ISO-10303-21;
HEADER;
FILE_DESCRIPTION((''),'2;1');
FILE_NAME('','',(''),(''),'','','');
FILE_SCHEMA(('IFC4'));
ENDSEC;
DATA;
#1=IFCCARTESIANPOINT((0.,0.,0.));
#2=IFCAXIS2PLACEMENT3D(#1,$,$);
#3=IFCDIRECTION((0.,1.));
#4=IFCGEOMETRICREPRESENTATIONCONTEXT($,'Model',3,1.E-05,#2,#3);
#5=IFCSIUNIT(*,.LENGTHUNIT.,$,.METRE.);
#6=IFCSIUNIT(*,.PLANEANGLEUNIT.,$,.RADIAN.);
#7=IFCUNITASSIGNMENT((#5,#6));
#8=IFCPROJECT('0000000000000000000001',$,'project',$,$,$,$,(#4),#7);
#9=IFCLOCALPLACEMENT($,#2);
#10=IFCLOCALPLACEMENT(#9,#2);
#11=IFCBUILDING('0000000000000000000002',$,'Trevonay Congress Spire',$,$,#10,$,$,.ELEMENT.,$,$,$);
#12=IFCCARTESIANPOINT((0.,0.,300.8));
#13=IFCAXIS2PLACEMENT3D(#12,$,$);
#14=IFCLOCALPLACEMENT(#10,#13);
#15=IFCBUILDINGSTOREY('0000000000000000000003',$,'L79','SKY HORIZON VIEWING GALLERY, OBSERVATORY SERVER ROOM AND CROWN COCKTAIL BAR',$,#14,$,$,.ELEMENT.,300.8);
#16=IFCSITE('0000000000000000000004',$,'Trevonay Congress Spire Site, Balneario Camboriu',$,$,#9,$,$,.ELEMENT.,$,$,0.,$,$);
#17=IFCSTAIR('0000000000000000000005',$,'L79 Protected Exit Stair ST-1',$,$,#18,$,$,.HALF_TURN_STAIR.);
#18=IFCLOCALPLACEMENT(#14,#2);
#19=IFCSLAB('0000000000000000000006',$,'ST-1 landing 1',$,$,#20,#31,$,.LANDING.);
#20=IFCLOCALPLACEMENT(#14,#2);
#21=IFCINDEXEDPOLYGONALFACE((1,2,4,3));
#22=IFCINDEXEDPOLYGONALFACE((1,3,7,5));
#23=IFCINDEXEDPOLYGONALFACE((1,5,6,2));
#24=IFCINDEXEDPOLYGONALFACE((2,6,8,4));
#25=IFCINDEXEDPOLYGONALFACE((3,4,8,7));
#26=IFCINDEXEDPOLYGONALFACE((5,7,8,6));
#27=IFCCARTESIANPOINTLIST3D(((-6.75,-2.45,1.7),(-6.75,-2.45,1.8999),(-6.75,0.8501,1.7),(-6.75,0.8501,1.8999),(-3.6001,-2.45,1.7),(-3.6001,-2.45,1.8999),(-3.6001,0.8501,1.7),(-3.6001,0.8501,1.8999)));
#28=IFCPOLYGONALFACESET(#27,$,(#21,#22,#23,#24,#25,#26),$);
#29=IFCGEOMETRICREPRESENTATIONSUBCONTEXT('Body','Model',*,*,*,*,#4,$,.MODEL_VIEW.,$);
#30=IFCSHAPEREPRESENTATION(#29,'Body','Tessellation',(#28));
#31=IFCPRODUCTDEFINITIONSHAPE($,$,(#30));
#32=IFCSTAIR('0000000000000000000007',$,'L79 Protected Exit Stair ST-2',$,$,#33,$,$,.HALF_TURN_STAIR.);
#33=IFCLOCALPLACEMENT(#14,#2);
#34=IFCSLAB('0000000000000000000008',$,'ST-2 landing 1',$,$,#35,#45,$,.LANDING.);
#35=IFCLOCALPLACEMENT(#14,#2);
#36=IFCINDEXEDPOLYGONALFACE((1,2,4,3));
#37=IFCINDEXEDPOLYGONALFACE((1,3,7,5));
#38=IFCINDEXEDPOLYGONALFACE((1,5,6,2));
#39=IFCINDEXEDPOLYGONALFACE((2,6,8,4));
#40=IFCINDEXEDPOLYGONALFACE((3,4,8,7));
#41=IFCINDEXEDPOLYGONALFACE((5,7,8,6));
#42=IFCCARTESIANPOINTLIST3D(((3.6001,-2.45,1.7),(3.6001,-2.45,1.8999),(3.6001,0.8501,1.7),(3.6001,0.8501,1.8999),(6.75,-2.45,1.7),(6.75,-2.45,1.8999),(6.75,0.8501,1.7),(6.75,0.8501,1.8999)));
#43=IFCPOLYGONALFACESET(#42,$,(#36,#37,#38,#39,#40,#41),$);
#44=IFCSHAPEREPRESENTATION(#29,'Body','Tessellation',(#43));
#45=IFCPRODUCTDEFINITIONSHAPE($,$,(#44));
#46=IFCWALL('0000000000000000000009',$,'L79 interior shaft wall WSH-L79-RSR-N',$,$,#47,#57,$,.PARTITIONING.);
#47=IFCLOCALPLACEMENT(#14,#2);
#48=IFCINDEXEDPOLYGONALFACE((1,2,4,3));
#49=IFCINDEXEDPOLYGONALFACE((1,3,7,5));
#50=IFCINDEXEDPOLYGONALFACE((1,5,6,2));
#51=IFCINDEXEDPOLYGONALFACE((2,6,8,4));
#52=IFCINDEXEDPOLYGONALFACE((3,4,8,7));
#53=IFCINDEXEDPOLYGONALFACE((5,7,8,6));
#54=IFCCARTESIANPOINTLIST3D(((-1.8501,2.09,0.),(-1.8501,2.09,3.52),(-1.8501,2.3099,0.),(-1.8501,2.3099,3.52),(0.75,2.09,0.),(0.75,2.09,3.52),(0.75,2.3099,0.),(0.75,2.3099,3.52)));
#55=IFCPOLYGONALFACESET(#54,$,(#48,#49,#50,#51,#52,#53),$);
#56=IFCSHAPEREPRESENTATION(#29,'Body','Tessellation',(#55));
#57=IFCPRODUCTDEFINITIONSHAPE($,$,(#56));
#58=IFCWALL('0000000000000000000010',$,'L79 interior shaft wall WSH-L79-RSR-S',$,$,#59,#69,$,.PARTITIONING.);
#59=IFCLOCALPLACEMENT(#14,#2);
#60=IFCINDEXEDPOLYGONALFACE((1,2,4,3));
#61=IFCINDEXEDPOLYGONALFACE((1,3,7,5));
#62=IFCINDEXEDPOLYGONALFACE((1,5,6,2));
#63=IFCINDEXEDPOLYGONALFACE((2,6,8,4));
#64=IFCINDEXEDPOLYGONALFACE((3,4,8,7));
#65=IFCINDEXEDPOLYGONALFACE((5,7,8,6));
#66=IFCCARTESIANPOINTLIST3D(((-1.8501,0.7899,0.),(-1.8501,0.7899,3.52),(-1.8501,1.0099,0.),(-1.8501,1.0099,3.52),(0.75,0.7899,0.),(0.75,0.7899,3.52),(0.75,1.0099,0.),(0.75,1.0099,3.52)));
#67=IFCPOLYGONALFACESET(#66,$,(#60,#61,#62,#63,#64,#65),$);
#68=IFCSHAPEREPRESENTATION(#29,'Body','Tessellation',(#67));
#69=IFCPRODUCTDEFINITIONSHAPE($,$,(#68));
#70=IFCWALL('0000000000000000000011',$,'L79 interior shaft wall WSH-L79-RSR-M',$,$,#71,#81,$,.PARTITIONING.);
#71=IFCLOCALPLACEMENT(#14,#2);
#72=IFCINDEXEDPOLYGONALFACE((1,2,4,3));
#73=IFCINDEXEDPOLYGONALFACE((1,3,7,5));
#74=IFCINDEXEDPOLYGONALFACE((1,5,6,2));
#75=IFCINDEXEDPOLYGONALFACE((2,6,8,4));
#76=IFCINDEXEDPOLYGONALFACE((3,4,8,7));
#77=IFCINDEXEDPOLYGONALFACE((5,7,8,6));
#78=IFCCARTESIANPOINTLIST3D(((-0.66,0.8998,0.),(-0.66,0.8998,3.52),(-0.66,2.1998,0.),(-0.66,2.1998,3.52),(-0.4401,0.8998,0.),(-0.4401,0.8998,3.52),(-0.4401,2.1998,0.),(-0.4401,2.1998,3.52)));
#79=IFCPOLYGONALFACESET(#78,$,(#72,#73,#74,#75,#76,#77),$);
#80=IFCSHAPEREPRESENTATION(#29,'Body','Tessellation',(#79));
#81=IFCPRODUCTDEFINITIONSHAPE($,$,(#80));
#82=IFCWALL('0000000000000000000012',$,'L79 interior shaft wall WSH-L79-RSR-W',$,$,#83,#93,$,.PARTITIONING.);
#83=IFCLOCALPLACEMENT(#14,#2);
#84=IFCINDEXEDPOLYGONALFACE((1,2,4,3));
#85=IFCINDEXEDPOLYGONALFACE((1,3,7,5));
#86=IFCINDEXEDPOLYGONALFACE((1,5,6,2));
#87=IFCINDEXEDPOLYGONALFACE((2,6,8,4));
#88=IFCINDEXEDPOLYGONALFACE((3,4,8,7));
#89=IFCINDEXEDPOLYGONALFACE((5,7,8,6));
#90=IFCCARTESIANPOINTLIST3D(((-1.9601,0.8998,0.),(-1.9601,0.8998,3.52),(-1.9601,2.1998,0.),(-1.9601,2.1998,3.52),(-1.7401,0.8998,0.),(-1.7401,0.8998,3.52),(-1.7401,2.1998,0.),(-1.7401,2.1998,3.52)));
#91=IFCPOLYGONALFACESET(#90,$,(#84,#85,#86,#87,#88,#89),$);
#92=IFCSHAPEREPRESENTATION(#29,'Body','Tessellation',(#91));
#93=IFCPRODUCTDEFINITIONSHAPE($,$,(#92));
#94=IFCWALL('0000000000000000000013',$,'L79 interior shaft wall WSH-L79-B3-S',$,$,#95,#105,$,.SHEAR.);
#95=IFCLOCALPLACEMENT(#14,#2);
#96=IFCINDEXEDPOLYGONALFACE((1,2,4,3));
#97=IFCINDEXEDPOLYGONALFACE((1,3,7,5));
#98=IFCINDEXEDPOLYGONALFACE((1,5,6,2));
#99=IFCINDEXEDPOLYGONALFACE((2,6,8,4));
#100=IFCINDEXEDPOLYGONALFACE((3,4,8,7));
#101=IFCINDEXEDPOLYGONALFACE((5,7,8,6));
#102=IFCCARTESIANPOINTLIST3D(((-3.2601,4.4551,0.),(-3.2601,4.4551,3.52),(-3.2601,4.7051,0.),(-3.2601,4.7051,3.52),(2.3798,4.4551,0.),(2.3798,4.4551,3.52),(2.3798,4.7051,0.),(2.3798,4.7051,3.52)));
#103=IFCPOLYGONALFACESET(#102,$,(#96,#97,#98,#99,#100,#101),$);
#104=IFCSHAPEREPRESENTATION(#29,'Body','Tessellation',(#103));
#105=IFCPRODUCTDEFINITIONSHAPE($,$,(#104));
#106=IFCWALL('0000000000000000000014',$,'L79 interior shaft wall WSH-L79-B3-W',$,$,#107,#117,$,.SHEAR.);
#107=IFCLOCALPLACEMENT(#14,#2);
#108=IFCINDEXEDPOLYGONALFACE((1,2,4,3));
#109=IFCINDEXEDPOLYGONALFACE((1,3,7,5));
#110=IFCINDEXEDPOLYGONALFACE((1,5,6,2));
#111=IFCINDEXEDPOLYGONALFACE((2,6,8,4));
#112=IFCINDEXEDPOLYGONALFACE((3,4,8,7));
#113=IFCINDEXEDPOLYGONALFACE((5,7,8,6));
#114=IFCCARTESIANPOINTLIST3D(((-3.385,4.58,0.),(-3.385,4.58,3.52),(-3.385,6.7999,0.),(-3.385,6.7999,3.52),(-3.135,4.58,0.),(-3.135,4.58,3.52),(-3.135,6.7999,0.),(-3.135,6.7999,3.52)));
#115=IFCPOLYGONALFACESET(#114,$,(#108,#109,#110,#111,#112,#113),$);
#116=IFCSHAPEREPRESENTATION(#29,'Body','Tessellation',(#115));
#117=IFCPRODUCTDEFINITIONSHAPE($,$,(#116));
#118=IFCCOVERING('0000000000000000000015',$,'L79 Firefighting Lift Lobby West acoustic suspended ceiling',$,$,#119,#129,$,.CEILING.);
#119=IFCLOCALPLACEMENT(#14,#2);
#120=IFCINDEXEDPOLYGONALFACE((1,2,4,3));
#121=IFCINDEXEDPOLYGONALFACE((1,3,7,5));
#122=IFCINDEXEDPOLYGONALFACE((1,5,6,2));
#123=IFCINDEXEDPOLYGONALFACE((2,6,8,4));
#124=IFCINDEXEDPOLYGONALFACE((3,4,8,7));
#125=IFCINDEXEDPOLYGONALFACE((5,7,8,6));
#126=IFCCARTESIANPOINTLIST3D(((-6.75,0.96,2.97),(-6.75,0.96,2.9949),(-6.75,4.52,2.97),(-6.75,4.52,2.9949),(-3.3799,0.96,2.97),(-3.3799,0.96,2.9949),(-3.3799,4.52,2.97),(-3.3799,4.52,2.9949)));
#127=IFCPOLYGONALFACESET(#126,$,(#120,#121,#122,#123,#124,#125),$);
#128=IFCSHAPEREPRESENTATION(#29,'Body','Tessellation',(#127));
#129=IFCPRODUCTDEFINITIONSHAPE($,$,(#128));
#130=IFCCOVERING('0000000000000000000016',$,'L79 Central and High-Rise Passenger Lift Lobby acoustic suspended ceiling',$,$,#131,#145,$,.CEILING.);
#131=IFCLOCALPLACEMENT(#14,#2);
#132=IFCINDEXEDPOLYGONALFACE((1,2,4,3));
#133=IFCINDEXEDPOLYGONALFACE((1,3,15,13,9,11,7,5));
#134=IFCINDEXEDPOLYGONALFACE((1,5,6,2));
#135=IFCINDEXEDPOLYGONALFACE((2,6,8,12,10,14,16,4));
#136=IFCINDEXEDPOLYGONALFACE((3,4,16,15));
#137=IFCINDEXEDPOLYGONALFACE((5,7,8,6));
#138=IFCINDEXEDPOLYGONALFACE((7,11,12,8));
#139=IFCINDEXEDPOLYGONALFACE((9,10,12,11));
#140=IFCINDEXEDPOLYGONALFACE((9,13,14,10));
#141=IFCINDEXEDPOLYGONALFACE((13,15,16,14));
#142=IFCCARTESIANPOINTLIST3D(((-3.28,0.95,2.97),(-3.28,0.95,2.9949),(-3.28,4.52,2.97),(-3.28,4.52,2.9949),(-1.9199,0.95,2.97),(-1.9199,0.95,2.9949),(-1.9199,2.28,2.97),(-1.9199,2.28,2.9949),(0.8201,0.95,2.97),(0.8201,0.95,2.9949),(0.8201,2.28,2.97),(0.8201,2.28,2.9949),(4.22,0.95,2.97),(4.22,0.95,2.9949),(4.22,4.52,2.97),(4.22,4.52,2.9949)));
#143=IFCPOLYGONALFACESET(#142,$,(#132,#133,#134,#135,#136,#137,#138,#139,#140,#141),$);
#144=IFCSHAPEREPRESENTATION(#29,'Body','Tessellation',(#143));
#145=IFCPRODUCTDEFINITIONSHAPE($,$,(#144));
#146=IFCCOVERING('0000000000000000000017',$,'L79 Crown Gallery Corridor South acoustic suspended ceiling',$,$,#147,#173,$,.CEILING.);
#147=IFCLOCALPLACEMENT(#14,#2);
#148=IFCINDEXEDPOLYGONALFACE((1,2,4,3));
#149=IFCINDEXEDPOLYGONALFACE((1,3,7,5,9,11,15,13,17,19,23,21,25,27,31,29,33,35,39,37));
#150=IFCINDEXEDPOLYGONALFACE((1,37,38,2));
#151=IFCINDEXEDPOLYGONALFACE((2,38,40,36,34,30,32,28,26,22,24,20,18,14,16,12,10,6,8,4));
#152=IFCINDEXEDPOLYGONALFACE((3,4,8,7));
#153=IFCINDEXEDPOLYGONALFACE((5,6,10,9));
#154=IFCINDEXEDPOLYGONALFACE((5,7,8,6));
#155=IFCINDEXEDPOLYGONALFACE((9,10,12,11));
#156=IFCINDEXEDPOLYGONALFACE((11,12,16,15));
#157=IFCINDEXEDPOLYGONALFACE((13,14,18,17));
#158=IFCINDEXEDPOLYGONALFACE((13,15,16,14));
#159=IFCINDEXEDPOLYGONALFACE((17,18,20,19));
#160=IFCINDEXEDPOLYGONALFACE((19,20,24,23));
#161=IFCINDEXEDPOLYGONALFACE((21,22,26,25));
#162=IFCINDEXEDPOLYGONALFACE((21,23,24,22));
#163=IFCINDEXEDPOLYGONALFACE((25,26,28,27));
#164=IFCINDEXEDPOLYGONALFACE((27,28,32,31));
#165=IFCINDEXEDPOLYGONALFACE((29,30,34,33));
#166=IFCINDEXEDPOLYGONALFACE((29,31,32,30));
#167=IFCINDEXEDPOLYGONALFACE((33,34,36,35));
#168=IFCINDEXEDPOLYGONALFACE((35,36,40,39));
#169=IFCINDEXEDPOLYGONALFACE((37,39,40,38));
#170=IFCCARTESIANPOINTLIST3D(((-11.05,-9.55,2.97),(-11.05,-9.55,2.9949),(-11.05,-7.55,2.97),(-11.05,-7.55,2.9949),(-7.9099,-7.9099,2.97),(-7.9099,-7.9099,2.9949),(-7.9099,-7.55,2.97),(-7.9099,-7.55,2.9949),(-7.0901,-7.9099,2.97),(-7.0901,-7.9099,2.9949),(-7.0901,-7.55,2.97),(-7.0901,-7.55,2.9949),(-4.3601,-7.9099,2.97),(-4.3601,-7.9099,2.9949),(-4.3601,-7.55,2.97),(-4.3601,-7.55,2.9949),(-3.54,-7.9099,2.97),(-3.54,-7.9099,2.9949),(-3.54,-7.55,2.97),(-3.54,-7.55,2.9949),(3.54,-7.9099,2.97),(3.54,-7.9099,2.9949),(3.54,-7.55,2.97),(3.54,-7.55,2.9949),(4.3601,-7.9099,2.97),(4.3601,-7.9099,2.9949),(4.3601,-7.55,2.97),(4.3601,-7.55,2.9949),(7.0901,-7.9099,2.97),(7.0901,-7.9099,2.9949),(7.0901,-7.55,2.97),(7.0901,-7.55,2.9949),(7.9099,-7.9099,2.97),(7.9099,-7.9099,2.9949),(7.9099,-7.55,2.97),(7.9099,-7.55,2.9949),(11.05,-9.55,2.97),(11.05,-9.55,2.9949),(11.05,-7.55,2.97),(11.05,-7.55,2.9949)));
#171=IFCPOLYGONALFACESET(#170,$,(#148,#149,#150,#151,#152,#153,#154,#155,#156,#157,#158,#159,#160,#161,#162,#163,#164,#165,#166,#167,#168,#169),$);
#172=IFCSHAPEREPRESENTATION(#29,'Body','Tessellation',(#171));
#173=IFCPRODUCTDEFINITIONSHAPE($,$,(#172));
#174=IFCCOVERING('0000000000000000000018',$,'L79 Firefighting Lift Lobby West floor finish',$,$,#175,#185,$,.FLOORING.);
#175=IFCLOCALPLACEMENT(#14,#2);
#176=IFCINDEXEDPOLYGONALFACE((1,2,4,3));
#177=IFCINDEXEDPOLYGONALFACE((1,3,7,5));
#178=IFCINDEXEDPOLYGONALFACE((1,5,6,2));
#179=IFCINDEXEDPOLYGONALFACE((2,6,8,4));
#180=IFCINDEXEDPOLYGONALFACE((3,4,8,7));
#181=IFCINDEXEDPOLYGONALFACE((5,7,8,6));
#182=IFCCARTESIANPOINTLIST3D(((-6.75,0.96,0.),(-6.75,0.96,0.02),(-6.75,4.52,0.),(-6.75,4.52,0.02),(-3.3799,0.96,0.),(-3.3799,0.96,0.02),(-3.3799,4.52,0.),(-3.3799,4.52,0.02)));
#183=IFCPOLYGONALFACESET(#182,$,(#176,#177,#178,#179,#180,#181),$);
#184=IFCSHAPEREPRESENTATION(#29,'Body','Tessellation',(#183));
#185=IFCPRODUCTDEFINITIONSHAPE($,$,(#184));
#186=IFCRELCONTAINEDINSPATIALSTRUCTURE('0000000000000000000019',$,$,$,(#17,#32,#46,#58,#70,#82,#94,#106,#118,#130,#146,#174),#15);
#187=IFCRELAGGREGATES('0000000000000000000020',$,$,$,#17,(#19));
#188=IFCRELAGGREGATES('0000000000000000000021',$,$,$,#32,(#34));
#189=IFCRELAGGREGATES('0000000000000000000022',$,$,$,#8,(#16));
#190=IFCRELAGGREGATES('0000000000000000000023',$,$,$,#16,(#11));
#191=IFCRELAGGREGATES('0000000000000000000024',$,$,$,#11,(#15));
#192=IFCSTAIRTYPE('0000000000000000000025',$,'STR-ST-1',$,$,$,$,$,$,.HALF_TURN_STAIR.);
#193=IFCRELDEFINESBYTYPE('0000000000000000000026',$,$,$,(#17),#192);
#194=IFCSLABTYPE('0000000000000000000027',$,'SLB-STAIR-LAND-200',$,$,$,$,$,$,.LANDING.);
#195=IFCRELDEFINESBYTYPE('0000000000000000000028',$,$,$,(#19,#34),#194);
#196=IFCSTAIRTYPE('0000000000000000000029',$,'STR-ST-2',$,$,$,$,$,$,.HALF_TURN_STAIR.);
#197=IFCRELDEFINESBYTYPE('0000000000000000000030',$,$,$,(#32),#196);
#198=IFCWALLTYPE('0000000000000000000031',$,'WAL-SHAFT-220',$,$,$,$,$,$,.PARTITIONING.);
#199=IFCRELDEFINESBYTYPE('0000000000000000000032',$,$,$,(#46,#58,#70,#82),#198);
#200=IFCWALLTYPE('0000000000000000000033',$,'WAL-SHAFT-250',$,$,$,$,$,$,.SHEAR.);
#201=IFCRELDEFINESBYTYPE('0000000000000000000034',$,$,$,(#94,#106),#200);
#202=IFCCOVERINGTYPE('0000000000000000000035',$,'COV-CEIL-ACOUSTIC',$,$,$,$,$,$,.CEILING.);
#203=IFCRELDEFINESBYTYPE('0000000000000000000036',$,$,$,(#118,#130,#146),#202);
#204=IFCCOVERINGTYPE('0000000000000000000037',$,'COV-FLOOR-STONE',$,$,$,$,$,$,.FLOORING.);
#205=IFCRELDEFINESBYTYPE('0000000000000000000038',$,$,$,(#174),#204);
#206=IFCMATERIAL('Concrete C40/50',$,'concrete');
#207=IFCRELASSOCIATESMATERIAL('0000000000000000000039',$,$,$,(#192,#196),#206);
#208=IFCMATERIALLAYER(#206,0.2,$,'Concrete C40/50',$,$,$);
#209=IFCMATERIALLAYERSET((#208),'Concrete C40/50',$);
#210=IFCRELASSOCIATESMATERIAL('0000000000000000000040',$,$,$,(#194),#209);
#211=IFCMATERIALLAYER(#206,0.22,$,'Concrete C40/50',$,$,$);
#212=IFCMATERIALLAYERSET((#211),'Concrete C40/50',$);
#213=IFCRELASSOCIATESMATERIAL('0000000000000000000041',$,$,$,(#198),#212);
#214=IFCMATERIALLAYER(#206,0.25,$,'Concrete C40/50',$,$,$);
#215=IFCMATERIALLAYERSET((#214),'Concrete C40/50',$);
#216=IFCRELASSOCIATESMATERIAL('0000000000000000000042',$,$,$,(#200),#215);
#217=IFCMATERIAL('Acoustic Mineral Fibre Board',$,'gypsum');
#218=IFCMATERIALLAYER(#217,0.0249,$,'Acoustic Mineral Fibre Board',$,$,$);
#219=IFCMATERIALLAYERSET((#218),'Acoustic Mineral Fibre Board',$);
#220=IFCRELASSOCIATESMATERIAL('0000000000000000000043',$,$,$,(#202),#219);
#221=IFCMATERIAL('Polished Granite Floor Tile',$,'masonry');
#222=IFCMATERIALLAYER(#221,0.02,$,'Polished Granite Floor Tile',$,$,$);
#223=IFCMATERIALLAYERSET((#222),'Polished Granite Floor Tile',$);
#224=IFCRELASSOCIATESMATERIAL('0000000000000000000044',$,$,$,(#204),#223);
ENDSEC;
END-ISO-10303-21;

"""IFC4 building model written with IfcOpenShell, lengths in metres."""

from ifc_helpers import new_model, si_unit, direction, frame, frame_2d, origin, place, context, subcontext, project, spatial, polyline, rectangle, outline, extrude, material, layer, layer_set, type_object, element, aggregate, save


model = new_model("IFC4")

# Units and contexts
model_context = context("Model", 3, precision=1e-05, world=origin(), true_north=direction((0.0, 1.0)))
body_context = subcontext(model_context, "Body", "Model", "MODEL_VIEW")
ifc_project = project(units=[si_unit("LENGTHUNIT", "METRE"), si_unit("PLANEANGLEUNIT", "RADIAN")], contexts=[model_context])

# Site, building, storey
site_placement = place(None, origin())
site = spatial("IfcSite", under=ifc_project, at=site_placement, Name="Trevonay Congress Spire Site, Balneario Camboriu", CompositionType="ELEMENT", RefElevation=0.0)
building_placement = place(site_placement, origin())
building = spatial("IfcBuilding", under=site, at=building_placement, Name="Trevonay Congress Spire", CompositionType="ELEMENT")
storey_placement = place(building_placement, frame((0.0, 0.0, 300.8)))
storey = spatial("IfcBuildingStorey", under=building, at=storey_placement, Name="L79", Description="SKY HORIZON VIEWING GALLERY, OBSERVATORY SERVER ROOM AND CROWN COCKTAIL BAR", CompositionType="ELEMENT", Elevation=300.8)

# Stairs, slabs
ifc_material_1 = material(Name="Concrete C40/50", Category="concrete")
stair_type_1 = type_object("IfcStairType", Name="STR-ST-1", PredefinedType="HALF_TURN_STAIR", material=ifc_material_1)
stair_1_placement = place(storey_placement, origin())
stair_1 = element("IfcStair", 1, at=stair_1_placement, inside=storey, type_object=stair_type_1, Name="L79 Protected Exit Stair ST-1", PredefinedType="HALF_TURN_STAIR")
ifc_layer_1 = layer(ifc_material_1, 0.2, Name="Concrete C40/50")
ifc_layer_set_1 = layer_set([ifc_layer_1], Name="Concrete C40/50")
slab_type = type_object("IfcSlabType", Name="SLB-STAIR-LAND-200", PredefinedType="LANDING", material=ifc_layer_set_1)
slab_1_placement = place(storey_placement, frame((0.0, 0.0, 1.7)))
slab_1 = element("IfcSlab", 2, at=slab_1_placement, type_object=slab_type, Name="ST-1 landing 1", PredefinedType="LANDING", context=body_context, shape_type="SweptSolid", body=[
    extrude(outline(polyline([(-3.6001, -2.45), (-3.6001, 0.8501), (-6.75, 0.8501), (-6.75, -2.45), (-3.6001, -2.45)])), origin(), (0.0, 0.0, 1.0), 0.2),
])
aggregate(stair_1, [slab_1])
stair_type_2 = type_object("IfcStairType", Name="STR-ST-2", PredefinedType="HALF_TURN_STAIR", material=ifc_material_1)
stair_2_placement = place(storey_placement, origin())
stair_2 = element("IfcStair", 3, at=stair_2_placement, inside=storey, type_object=stair_type_2, Name="L79 Protected Exit Stair ST-2", PredefinedType="HALF_TURN_STAIR")
slab_2_placement = place(storey_placement, frame((0.0, 0.0, 1.7)))
slab_2 = element("IfcSlab", 4, at=slab_2_placement, type_object=slab_type, Name="ST-2 landing 1", PredefinedType="LANDING", context=body_context, shape_type="SweptSolid", body=[
    extrude(outline(polyline([(6.75, -2.45), (6.75, 0.8501), (3.6001, 0.8501), (3.6001, -2.45), (6.75, -2.45)])), origin(), (0.0, 0.0, 1.0), 0.2),
])
aggregate(stair_2, [slab_2])

# Walls
ifc_layer_2 = layer(ifc_material_1, 0.22, Name="Concrete C40/50")
ifc_layer_set_2 = layer_set([ifc_layer_2], Name="Concrete C40/50")
wall_type_1 = type_object("IfcWallType", Name="WAL-SHAFT-220", PredefinedType="PARTITIONING", material=ifc_layer_set_2)
for number, where, z_axis, x_axis, name in (
    (5, (-1.8501, 2.2, 0.0), (0.0, 0.0, 1.0), (1.0, 0.0, 0.0), "L79 interior shaft wall WSH-L79-RSR-N"),
    (6, (-1.8501, 0.8999, 0.0), (0.0, 0.0, 1.0), (1.0, 0.0, 0.0), "L79 interior shaft wall WSH-L79-RSR-S"),
):
    element("IfcWall", number, at=place(storey_placement, frame(where, z_axis=z_axis, x_axis=x_axis)), inside=storey, type_object=wall_type_1, Name=name, PredefinedType="PARTITIONING", context=body_context, shape_type="SweptSolid", body=[
        extrude(rectangle(XDim=2.6001, YDim=0.22, at=frame_2d((1.3, 0.0))), origin(), (0.0, 0.0, 1.0), 3.52),
    ])
for number, where, z_axis, x_axis, name in (
    (7, (-0.55, 0.8999, 0.0), (0.0, 0.0, 1.0), (0.0, 1.0, 0.0), "L79 interior shaft wall WSH-L79-RSR-M"),
    (8, (-1.8501, 0.8999, 0.0), (0.0, 0.0, 1.0), (0.0, 1.0, 0.0), "L79 interior shaft wall WSH-L79-RSR-W"),
):
    element("IfcWall", number, at=place(storey_placement, frame(where, z_axis=z_axis, x_axis=x_axis)), inside=storey, type_object=wall_type_1, Name=name, PredefinedType="PARTITIONING", context=body_context, shape_type="SweptSolid", body=[
        extrude(rectangle(XDim=1.3, YDim=0.22, at=frame_2d((0.6499, 0.0))), origin(), (0.0, 0.0, 1.0), 3.52),
    ])
ifc_layer_3 = layer(ifc_material_1, 0.25, Name="Concrete C40/50")
ifc_layer_set_3 = layer_set([ifc_layer_3], Name="Concrete C40/50")
wall_type_2 = type_object("IfcWallType", Name="WAL-SHAFT-250", PredefinedType="SHEAR", material=ifc_layer_set_3)
wall_1_placement = place(storey_placement, frame((-3.26, 4.5801, 0.0), z_axis=(0.0, 0.0, 1.0), x_axis=(1.0, 0.0, 0.0)))
element("IfcWall", 9, at=wall_1_placement, inside=storey, type_object=wall_type_2, Name="L79 interior shaft wall WSH-L79-B3-S", PredefinedType="SHEAR", context=body_context, shape_type="SweptSolid", body=[
    extrude(rectangle(XDim=5.6399, YDim=0.25, at=frame_2d((2.8198, 0.0))), origin(), (0.0, 0.0, 1.0), 3.52),
])
wall_2_placement = place(storey_placement, frame((-3.26, 4.5801, 0.0), z_axis=(0.0, 0.0, 1.0), x_axis=(0.0, 1.0, 0.0)))
element("IfcWall", 10, at=wall_2_placement, inside=storey, type_object=wall_type_2, Name="L79 interior shaft wall WSH-L79-B3-W", PredefinedType="SHEAR", context=body_context, shape_type="SweptSolid", body=[
    extrude(rectangle(XDim=2.22, YDim=0.25, at=frame_2d((1.1099, 0.0))), origin(), (0.0, 0.0, 1.0), 3.52),
])

# Coverings
ifc_material_2 = material(Name="Acoustic Mineral Fibre Board", Category="gypsum")
ifc_layer_4 = layer(ifc_material_2, 0.0249, Name="Acoustic Mineral Fibre Board")
ifc_layer_set_4 = layer_set([ifc_layer_4], Name="Acoustic Mineral Fibre Board")
covering_type_1 = type_object("IfcCoveringType", Name="COV-CEIL-ACOUSTIC", PredefinedType="CEILING", material=ifc_layer_set_4)
covering_1_placement = place(storey_placement, frame((0.0, 0.0, 2.97)))
element("IfcCovering", 11, at=covering_1_placement, inside=storey, type_object=covering_type_1, Name="L79 Firefighting Lift Lobby West acoustic suspended ceiling", PredefinedType="CEILING", context=body_context, shape_type="SweptSolid", body=[
    extrude(outline(polyline([(-6.75, 0.96), (-3.3799, 0.96), (-3.3799, 4.52), (-6.75, 4.52), (-6.75, 0.96)])), origin(), (0.0, 0.0, 1.0), 0.0249),
])
covering_2_placement = place(storey_placement, frame((0.0, 0.0, 2.97)))
element("IfcCovering", 12, at=covering_2_placement, inside=storey, type_object=covering_type_1, Name="L79 Central and High-Rise Passenger Lift Lobby acoustic suspended ceiling", PredefinedType="CEILING", context=body_context, shape_type="SweptSolid", body=[
    extrude(outline(polyline([(-3.28, 0.95), (-1.9199, 0.95), (-1.9199, 2.28), (0.8201, 2.28), (0.8201, 0.95), (4.22, 0.95), (4.22, 4.52), (-3.28, 4.52), (-3.28, 0.95)])), origin(), (0.0, 0.0, 1.0), 0.0249),
])
covering_3_placement = place(storey_placement, frame((0.0, 0.0, 2.97)))
element("IfcCovering", 13, at=covering_3_placement, inside=storey, type_object=covering_type_1, Name="L79 Crown Gallery Corridor South acoustic suspended ceiling", PredefinedType="CEILING", context=body_context, shape_type="SweptSolid", body=[
    extrude(outline(polyline([(11.05, -7.55), (11.05, -9.55), (-11.05, -9.55), (-11.05, -7.55), (-7.9099, -7.55), (-7.9099, -7.9099), (-7.0901, -7.9099), (-7.0901, -7.55), (-4.3601, -7.55), (-4.3601, -7.9099), (-3.54, -7.9099), (-3.54, -7.55), (3.54, -7.55), (3.54, -7.9099), (4.3601, -7.9099), (4.3601, -7.55), (7.0901, -7.55), (7.0901, -7.9099), (7.9099, -7.9099), (7.9099, -7.55), (11.05, -7.55)])), origin(), (0.0, 0.0, 1.0), 0.0249),
])
ifc_material_3 = material(Name="Polished Granite Floor Tile", Category="masonry")
ifc_layer_5 = layer(ifc_material_3, 0.02, Name="Polished Granite Floor Tile")
ifc_layer_set_5 = layer_set([ifc_layer_5], Name="Polished Granite Floor Tile")
covering_type_2 = type_object("IfcCoveringType", Name="COV-FLOOR-STONE", PredefinedType="FLOORING", material=ifc_layer_set_5)
covering_4_placement = place(storey_placement, origin())
element("IfcCovering", 14, at=covering_4_placement, inside=storey, type_object=covering_type_2, Name="L79 Firefighting Lift Lobby West floor finish", PredefinedType="FLOORING", context=body_context, shape_type="SweptSolid", body=[
    extrude(outline(polyline([(-6.75, 0.96), (-3.3799, 0.96), (-3.3799, 4.52), (-6.75, 4.52), (-6.75, 0.96)])), origin(), (0.0, 0.0, 1.0), 0.02),
])

save(model, "model.ifc")
